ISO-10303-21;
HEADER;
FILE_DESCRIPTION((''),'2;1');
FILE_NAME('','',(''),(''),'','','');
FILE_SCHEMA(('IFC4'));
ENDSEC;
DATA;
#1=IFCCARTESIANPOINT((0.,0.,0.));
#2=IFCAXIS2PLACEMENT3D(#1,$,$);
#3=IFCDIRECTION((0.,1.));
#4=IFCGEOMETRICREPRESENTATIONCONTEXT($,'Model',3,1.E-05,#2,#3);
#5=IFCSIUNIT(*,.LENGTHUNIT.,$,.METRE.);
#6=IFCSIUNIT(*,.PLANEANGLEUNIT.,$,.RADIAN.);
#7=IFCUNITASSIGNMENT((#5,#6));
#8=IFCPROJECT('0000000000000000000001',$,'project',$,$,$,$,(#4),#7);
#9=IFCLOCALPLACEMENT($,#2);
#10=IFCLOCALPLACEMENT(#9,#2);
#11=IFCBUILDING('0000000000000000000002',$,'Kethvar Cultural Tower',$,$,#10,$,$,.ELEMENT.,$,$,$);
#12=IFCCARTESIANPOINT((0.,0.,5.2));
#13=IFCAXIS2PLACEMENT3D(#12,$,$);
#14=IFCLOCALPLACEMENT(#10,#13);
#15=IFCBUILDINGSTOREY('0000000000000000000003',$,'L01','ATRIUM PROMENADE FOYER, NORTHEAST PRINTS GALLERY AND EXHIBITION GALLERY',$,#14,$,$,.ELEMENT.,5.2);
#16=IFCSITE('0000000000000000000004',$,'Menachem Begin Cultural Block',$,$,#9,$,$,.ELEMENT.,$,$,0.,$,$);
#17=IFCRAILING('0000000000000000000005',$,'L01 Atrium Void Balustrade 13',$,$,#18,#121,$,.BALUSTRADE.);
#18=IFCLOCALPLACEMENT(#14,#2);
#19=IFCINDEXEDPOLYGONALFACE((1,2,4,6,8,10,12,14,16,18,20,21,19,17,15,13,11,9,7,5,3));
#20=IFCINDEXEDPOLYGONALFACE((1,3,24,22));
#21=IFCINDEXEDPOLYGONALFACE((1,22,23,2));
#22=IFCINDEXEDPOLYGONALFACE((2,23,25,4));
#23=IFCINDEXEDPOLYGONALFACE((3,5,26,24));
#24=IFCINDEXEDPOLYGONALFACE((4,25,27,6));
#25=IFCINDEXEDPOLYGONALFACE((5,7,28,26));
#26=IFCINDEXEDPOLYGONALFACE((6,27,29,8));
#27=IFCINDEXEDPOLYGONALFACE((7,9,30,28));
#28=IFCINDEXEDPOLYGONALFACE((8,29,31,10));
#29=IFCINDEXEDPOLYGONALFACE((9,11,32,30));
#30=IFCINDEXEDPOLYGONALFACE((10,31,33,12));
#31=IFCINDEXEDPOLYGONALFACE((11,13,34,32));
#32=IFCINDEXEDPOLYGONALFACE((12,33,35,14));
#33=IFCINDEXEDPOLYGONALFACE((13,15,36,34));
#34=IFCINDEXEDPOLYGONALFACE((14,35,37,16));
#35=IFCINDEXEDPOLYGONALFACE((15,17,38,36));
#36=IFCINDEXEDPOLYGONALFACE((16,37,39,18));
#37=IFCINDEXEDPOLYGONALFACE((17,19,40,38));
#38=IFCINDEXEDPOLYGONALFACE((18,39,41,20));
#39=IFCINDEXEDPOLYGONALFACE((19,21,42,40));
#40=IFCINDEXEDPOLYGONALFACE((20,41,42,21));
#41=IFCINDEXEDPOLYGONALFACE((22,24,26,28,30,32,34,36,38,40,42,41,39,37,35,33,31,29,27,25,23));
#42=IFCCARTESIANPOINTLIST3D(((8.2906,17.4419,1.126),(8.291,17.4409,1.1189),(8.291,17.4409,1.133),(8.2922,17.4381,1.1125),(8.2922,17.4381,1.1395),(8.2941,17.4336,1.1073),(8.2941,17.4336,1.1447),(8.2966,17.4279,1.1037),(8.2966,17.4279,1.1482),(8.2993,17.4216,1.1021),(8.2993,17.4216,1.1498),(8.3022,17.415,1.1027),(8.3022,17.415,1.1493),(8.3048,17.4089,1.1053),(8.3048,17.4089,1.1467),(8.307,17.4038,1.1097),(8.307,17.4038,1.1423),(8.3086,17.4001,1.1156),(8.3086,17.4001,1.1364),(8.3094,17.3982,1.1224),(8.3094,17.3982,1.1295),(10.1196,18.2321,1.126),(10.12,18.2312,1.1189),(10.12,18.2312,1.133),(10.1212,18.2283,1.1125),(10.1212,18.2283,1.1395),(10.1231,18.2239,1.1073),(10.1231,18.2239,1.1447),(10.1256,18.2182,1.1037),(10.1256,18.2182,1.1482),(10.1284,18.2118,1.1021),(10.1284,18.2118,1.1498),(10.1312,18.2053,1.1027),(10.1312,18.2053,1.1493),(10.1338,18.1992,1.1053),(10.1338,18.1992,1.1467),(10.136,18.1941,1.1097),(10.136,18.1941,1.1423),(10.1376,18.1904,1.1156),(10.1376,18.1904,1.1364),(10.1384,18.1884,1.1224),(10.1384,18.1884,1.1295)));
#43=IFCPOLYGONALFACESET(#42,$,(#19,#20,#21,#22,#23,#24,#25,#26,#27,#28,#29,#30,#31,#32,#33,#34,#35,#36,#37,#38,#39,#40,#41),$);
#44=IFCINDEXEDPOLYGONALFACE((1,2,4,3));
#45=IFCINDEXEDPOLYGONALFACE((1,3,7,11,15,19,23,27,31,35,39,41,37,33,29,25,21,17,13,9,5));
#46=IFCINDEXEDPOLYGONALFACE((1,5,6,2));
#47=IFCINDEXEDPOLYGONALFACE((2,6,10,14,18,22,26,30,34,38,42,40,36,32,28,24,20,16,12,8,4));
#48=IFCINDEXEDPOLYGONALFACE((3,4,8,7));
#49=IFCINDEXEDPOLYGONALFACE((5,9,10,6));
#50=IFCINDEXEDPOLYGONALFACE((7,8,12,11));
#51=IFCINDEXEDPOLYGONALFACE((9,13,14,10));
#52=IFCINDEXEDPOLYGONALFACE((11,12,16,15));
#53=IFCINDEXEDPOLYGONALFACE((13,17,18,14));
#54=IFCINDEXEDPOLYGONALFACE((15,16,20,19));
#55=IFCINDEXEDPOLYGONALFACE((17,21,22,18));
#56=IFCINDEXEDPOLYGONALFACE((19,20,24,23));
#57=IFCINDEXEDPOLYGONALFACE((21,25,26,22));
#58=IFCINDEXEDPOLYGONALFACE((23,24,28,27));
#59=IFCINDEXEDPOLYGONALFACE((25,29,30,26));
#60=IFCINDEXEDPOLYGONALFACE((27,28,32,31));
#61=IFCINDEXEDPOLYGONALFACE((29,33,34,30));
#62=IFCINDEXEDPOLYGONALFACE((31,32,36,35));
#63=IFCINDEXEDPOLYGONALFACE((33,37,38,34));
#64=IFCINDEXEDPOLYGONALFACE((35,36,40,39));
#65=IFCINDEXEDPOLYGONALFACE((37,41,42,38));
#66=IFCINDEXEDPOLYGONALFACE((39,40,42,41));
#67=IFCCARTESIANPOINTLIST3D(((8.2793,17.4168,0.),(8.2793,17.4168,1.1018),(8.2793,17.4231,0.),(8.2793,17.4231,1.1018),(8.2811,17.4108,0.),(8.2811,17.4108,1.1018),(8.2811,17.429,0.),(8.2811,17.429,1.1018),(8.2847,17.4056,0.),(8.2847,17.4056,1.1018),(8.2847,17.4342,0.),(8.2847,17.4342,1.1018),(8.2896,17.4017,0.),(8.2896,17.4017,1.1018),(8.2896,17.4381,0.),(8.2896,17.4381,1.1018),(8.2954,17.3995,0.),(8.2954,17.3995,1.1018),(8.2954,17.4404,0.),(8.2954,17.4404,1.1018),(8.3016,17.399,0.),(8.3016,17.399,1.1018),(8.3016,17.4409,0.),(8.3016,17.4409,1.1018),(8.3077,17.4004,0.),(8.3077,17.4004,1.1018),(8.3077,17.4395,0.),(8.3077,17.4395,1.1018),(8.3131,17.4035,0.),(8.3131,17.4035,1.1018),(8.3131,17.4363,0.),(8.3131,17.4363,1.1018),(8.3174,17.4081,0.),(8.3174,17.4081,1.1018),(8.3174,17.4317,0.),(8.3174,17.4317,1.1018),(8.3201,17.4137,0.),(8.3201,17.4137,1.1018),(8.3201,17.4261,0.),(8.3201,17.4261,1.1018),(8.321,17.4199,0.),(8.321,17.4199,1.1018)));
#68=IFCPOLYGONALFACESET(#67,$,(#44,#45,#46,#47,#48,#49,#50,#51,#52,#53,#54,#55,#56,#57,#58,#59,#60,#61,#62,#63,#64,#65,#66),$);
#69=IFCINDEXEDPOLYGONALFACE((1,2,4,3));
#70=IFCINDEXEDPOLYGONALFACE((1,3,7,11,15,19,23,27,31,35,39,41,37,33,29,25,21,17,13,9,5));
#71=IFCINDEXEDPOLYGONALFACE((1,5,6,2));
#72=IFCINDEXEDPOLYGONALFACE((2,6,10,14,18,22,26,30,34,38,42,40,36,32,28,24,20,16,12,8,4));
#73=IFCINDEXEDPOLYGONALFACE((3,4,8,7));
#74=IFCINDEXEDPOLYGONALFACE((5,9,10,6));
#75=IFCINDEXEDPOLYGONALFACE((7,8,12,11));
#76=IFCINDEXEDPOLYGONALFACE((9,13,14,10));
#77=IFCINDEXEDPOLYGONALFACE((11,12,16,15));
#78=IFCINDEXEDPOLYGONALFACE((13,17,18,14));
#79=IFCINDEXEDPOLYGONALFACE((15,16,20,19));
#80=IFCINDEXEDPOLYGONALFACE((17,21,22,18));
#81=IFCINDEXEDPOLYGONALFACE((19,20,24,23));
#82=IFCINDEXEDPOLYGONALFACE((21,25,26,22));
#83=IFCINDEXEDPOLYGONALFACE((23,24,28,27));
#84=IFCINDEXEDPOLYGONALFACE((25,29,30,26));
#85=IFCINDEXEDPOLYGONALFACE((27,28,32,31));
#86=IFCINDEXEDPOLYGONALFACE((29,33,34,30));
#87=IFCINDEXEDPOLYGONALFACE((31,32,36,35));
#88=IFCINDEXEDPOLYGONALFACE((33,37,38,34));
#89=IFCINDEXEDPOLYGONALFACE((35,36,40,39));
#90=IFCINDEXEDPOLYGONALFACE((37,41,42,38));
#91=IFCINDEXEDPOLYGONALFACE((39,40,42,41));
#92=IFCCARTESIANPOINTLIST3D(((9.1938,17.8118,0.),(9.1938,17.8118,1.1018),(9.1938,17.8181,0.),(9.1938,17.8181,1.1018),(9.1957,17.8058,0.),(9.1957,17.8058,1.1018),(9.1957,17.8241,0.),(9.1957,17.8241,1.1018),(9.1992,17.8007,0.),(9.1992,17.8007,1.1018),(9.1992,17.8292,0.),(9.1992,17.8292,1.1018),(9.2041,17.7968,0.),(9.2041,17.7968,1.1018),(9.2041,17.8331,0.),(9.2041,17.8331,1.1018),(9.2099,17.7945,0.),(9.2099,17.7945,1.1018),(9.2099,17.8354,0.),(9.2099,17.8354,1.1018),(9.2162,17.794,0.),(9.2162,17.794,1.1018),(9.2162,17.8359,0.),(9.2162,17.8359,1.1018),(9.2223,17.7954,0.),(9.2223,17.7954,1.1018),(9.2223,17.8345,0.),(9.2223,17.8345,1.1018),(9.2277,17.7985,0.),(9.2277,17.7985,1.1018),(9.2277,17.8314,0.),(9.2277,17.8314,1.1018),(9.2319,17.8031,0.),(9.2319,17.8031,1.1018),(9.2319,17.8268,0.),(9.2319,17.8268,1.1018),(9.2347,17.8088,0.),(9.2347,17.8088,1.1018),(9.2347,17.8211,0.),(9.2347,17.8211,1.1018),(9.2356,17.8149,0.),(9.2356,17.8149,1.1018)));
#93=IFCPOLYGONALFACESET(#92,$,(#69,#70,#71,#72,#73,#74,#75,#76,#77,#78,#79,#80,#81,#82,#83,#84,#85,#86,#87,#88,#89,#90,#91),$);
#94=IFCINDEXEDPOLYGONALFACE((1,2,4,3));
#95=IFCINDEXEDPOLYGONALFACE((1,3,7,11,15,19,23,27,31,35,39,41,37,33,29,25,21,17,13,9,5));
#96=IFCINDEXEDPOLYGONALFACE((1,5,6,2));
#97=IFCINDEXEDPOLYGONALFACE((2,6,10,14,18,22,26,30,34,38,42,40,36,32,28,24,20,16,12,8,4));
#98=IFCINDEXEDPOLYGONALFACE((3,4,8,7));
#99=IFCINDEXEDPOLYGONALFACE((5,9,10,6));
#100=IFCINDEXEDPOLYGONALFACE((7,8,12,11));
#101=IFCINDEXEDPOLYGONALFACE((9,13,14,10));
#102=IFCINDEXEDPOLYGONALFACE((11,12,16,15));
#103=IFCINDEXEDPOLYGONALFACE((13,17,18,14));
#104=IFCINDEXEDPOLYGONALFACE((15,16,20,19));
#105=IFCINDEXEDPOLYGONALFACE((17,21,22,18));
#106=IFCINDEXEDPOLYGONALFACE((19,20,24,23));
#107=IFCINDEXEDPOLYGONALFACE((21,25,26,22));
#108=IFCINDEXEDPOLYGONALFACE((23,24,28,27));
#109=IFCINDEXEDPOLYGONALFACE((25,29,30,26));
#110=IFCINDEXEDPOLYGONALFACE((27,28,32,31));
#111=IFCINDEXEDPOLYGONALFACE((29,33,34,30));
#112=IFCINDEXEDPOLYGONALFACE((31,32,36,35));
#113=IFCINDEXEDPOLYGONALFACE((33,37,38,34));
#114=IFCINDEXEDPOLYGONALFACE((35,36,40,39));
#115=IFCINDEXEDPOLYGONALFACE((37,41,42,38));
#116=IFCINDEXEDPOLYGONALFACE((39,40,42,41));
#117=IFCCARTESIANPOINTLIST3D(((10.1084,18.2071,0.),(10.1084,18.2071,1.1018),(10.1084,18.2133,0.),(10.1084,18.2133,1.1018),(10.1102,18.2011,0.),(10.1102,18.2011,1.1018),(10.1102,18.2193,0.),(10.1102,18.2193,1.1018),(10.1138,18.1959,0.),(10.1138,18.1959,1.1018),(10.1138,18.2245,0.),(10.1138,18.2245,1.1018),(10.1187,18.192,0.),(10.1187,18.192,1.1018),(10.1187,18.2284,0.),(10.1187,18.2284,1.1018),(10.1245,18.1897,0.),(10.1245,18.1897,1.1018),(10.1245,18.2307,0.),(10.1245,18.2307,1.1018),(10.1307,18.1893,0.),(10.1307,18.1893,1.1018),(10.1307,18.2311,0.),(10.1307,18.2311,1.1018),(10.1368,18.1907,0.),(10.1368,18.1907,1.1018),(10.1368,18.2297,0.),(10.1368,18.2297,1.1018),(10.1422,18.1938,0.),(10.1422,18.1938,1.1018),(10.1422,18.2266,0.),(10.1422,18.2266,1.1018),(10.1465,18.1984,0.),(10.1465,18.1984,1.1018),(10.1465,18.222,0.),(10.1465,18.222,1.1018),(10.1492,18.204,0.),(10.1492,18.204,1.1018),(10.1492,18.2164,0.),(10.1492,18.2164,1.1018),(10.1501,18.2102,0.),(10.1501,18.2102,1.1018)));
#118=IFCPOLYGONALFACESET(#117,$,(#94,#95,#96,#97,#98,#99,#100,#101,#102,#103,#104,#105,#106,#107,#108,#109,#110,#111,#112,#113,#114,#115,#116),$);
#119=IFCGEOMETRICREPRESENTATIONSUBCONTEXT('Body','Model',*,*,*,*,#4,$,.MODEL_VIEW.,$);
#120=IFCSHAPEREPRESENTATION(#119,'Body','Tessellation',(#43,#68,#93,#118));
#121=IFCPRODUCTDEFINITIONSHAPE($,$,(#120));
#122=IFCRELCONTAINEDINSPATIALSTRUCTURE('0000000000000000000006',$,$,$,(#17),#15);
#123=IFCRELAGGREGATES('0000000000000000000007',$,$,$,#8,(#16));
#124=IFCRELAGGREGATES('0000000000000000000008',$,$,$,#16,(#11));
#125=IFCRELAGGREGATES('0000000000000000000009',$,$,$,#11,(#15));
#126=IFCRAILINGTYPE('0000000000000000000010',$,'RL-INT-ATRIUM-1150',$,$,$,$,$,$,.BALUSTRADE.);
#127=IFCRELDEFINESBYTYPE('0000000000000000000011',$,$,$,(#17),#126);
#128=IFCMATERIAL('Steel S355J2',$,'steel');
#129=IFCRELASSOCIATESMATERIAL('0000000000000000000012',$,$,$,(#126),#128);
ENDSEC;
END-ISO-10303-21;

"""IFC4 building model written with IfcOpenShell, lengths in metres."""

from ifc_helpers import new_model, si_unit, direction, frame, origin, origin_2d, place, context, subcontext, project, spatial, circle, extrude, material, type_object, element, save


model = new_model("IFC4")

# Units and contexts
model_context = context("Model", 3, precision=1e-05, world=origin(), true_north=direction((0.0, 1.0)))
body_context = subcontext(model_context, "Body", "Model", "MODEL_VIEW")
ifc_project = project(units=[si_unit("LENGTHUNIT", "METRE"), si_unit("PLANEANGLEUNIT", "RADIAN")], contexts=[model_context])

# Site, building, storey
site_placement = place(None, origin())
site = spatial("IfcSite", under=ifc_project, at=site_placement, Name="Menachem Begin Cultural Block", CompositionType="ELEMENT", RefElevation=0.0)
building_placement = place(site_placement, origin())
building = spatial("IfcBuilding", under=site, at=building_placement, Name="Kethvar Cultural Tower", CompositionType="ELEMENT")
storey_placement = place(building_placement, frame((0.0, 0.0, 5.2)))
storey = spatial("IfcBuildingStorey", under=building, at=storey_placement, Name="L01", Description="ATRIUM PROMENADE FOYER, NORTHEAST PRINTS GALLERY AND EXHIBITION GALLERY", CompositionType="ELEMENT", Elevation=5.2)

# Shared definitions
ifc_material_1 = material(Name="Steel S355J2", Category="steel")

# Railing
railing_type_1 = type_object("IfcRailingType", Name="RL-INT-ATRIUM-1150", PredefinedType="BALUSTRADE", material=ifc_material_1)
railing_1_placement = place(storey_placement, frame((8.3, 17.4199, 0.0)))
element("IfcRailing", 1, at=railing_1_placement, inside=storey, type_object=railing_type_1, Name="L01 Atrium Void Balustrade 13", PredefinedType="BALUSTRADE", context=body_context, shape_type="SweptSolid", body=[
    extrude(circle(Radius=0.0239, at=origin_2d()), frame((0.0, 0.0, 1.126), z_axis=(0.917981, 0.396624, 0.0), x_axis=(-0.396624, 0.917981, 0.0)), (0.0, 0.0, 1.0), 1.9924),
    extrude(circle(Radius=0.021, at=origin_2d()), origin(), (0.0, 0.0, 1.0), 1.1018),
    extrude(circle(Radius=0.021, at=origin_2d()), frame((0.9146, 0.395, 0.0)), (0.0, 0.0, 1.0), 1.1018),
    extrude(circle(Radius=0.021, at=origin_2d()), frame((1.8291, 0.7903, 0.0)), (0.0, 0.0, 1.0), 1.1018),
])

save(model, "model.ifc")
